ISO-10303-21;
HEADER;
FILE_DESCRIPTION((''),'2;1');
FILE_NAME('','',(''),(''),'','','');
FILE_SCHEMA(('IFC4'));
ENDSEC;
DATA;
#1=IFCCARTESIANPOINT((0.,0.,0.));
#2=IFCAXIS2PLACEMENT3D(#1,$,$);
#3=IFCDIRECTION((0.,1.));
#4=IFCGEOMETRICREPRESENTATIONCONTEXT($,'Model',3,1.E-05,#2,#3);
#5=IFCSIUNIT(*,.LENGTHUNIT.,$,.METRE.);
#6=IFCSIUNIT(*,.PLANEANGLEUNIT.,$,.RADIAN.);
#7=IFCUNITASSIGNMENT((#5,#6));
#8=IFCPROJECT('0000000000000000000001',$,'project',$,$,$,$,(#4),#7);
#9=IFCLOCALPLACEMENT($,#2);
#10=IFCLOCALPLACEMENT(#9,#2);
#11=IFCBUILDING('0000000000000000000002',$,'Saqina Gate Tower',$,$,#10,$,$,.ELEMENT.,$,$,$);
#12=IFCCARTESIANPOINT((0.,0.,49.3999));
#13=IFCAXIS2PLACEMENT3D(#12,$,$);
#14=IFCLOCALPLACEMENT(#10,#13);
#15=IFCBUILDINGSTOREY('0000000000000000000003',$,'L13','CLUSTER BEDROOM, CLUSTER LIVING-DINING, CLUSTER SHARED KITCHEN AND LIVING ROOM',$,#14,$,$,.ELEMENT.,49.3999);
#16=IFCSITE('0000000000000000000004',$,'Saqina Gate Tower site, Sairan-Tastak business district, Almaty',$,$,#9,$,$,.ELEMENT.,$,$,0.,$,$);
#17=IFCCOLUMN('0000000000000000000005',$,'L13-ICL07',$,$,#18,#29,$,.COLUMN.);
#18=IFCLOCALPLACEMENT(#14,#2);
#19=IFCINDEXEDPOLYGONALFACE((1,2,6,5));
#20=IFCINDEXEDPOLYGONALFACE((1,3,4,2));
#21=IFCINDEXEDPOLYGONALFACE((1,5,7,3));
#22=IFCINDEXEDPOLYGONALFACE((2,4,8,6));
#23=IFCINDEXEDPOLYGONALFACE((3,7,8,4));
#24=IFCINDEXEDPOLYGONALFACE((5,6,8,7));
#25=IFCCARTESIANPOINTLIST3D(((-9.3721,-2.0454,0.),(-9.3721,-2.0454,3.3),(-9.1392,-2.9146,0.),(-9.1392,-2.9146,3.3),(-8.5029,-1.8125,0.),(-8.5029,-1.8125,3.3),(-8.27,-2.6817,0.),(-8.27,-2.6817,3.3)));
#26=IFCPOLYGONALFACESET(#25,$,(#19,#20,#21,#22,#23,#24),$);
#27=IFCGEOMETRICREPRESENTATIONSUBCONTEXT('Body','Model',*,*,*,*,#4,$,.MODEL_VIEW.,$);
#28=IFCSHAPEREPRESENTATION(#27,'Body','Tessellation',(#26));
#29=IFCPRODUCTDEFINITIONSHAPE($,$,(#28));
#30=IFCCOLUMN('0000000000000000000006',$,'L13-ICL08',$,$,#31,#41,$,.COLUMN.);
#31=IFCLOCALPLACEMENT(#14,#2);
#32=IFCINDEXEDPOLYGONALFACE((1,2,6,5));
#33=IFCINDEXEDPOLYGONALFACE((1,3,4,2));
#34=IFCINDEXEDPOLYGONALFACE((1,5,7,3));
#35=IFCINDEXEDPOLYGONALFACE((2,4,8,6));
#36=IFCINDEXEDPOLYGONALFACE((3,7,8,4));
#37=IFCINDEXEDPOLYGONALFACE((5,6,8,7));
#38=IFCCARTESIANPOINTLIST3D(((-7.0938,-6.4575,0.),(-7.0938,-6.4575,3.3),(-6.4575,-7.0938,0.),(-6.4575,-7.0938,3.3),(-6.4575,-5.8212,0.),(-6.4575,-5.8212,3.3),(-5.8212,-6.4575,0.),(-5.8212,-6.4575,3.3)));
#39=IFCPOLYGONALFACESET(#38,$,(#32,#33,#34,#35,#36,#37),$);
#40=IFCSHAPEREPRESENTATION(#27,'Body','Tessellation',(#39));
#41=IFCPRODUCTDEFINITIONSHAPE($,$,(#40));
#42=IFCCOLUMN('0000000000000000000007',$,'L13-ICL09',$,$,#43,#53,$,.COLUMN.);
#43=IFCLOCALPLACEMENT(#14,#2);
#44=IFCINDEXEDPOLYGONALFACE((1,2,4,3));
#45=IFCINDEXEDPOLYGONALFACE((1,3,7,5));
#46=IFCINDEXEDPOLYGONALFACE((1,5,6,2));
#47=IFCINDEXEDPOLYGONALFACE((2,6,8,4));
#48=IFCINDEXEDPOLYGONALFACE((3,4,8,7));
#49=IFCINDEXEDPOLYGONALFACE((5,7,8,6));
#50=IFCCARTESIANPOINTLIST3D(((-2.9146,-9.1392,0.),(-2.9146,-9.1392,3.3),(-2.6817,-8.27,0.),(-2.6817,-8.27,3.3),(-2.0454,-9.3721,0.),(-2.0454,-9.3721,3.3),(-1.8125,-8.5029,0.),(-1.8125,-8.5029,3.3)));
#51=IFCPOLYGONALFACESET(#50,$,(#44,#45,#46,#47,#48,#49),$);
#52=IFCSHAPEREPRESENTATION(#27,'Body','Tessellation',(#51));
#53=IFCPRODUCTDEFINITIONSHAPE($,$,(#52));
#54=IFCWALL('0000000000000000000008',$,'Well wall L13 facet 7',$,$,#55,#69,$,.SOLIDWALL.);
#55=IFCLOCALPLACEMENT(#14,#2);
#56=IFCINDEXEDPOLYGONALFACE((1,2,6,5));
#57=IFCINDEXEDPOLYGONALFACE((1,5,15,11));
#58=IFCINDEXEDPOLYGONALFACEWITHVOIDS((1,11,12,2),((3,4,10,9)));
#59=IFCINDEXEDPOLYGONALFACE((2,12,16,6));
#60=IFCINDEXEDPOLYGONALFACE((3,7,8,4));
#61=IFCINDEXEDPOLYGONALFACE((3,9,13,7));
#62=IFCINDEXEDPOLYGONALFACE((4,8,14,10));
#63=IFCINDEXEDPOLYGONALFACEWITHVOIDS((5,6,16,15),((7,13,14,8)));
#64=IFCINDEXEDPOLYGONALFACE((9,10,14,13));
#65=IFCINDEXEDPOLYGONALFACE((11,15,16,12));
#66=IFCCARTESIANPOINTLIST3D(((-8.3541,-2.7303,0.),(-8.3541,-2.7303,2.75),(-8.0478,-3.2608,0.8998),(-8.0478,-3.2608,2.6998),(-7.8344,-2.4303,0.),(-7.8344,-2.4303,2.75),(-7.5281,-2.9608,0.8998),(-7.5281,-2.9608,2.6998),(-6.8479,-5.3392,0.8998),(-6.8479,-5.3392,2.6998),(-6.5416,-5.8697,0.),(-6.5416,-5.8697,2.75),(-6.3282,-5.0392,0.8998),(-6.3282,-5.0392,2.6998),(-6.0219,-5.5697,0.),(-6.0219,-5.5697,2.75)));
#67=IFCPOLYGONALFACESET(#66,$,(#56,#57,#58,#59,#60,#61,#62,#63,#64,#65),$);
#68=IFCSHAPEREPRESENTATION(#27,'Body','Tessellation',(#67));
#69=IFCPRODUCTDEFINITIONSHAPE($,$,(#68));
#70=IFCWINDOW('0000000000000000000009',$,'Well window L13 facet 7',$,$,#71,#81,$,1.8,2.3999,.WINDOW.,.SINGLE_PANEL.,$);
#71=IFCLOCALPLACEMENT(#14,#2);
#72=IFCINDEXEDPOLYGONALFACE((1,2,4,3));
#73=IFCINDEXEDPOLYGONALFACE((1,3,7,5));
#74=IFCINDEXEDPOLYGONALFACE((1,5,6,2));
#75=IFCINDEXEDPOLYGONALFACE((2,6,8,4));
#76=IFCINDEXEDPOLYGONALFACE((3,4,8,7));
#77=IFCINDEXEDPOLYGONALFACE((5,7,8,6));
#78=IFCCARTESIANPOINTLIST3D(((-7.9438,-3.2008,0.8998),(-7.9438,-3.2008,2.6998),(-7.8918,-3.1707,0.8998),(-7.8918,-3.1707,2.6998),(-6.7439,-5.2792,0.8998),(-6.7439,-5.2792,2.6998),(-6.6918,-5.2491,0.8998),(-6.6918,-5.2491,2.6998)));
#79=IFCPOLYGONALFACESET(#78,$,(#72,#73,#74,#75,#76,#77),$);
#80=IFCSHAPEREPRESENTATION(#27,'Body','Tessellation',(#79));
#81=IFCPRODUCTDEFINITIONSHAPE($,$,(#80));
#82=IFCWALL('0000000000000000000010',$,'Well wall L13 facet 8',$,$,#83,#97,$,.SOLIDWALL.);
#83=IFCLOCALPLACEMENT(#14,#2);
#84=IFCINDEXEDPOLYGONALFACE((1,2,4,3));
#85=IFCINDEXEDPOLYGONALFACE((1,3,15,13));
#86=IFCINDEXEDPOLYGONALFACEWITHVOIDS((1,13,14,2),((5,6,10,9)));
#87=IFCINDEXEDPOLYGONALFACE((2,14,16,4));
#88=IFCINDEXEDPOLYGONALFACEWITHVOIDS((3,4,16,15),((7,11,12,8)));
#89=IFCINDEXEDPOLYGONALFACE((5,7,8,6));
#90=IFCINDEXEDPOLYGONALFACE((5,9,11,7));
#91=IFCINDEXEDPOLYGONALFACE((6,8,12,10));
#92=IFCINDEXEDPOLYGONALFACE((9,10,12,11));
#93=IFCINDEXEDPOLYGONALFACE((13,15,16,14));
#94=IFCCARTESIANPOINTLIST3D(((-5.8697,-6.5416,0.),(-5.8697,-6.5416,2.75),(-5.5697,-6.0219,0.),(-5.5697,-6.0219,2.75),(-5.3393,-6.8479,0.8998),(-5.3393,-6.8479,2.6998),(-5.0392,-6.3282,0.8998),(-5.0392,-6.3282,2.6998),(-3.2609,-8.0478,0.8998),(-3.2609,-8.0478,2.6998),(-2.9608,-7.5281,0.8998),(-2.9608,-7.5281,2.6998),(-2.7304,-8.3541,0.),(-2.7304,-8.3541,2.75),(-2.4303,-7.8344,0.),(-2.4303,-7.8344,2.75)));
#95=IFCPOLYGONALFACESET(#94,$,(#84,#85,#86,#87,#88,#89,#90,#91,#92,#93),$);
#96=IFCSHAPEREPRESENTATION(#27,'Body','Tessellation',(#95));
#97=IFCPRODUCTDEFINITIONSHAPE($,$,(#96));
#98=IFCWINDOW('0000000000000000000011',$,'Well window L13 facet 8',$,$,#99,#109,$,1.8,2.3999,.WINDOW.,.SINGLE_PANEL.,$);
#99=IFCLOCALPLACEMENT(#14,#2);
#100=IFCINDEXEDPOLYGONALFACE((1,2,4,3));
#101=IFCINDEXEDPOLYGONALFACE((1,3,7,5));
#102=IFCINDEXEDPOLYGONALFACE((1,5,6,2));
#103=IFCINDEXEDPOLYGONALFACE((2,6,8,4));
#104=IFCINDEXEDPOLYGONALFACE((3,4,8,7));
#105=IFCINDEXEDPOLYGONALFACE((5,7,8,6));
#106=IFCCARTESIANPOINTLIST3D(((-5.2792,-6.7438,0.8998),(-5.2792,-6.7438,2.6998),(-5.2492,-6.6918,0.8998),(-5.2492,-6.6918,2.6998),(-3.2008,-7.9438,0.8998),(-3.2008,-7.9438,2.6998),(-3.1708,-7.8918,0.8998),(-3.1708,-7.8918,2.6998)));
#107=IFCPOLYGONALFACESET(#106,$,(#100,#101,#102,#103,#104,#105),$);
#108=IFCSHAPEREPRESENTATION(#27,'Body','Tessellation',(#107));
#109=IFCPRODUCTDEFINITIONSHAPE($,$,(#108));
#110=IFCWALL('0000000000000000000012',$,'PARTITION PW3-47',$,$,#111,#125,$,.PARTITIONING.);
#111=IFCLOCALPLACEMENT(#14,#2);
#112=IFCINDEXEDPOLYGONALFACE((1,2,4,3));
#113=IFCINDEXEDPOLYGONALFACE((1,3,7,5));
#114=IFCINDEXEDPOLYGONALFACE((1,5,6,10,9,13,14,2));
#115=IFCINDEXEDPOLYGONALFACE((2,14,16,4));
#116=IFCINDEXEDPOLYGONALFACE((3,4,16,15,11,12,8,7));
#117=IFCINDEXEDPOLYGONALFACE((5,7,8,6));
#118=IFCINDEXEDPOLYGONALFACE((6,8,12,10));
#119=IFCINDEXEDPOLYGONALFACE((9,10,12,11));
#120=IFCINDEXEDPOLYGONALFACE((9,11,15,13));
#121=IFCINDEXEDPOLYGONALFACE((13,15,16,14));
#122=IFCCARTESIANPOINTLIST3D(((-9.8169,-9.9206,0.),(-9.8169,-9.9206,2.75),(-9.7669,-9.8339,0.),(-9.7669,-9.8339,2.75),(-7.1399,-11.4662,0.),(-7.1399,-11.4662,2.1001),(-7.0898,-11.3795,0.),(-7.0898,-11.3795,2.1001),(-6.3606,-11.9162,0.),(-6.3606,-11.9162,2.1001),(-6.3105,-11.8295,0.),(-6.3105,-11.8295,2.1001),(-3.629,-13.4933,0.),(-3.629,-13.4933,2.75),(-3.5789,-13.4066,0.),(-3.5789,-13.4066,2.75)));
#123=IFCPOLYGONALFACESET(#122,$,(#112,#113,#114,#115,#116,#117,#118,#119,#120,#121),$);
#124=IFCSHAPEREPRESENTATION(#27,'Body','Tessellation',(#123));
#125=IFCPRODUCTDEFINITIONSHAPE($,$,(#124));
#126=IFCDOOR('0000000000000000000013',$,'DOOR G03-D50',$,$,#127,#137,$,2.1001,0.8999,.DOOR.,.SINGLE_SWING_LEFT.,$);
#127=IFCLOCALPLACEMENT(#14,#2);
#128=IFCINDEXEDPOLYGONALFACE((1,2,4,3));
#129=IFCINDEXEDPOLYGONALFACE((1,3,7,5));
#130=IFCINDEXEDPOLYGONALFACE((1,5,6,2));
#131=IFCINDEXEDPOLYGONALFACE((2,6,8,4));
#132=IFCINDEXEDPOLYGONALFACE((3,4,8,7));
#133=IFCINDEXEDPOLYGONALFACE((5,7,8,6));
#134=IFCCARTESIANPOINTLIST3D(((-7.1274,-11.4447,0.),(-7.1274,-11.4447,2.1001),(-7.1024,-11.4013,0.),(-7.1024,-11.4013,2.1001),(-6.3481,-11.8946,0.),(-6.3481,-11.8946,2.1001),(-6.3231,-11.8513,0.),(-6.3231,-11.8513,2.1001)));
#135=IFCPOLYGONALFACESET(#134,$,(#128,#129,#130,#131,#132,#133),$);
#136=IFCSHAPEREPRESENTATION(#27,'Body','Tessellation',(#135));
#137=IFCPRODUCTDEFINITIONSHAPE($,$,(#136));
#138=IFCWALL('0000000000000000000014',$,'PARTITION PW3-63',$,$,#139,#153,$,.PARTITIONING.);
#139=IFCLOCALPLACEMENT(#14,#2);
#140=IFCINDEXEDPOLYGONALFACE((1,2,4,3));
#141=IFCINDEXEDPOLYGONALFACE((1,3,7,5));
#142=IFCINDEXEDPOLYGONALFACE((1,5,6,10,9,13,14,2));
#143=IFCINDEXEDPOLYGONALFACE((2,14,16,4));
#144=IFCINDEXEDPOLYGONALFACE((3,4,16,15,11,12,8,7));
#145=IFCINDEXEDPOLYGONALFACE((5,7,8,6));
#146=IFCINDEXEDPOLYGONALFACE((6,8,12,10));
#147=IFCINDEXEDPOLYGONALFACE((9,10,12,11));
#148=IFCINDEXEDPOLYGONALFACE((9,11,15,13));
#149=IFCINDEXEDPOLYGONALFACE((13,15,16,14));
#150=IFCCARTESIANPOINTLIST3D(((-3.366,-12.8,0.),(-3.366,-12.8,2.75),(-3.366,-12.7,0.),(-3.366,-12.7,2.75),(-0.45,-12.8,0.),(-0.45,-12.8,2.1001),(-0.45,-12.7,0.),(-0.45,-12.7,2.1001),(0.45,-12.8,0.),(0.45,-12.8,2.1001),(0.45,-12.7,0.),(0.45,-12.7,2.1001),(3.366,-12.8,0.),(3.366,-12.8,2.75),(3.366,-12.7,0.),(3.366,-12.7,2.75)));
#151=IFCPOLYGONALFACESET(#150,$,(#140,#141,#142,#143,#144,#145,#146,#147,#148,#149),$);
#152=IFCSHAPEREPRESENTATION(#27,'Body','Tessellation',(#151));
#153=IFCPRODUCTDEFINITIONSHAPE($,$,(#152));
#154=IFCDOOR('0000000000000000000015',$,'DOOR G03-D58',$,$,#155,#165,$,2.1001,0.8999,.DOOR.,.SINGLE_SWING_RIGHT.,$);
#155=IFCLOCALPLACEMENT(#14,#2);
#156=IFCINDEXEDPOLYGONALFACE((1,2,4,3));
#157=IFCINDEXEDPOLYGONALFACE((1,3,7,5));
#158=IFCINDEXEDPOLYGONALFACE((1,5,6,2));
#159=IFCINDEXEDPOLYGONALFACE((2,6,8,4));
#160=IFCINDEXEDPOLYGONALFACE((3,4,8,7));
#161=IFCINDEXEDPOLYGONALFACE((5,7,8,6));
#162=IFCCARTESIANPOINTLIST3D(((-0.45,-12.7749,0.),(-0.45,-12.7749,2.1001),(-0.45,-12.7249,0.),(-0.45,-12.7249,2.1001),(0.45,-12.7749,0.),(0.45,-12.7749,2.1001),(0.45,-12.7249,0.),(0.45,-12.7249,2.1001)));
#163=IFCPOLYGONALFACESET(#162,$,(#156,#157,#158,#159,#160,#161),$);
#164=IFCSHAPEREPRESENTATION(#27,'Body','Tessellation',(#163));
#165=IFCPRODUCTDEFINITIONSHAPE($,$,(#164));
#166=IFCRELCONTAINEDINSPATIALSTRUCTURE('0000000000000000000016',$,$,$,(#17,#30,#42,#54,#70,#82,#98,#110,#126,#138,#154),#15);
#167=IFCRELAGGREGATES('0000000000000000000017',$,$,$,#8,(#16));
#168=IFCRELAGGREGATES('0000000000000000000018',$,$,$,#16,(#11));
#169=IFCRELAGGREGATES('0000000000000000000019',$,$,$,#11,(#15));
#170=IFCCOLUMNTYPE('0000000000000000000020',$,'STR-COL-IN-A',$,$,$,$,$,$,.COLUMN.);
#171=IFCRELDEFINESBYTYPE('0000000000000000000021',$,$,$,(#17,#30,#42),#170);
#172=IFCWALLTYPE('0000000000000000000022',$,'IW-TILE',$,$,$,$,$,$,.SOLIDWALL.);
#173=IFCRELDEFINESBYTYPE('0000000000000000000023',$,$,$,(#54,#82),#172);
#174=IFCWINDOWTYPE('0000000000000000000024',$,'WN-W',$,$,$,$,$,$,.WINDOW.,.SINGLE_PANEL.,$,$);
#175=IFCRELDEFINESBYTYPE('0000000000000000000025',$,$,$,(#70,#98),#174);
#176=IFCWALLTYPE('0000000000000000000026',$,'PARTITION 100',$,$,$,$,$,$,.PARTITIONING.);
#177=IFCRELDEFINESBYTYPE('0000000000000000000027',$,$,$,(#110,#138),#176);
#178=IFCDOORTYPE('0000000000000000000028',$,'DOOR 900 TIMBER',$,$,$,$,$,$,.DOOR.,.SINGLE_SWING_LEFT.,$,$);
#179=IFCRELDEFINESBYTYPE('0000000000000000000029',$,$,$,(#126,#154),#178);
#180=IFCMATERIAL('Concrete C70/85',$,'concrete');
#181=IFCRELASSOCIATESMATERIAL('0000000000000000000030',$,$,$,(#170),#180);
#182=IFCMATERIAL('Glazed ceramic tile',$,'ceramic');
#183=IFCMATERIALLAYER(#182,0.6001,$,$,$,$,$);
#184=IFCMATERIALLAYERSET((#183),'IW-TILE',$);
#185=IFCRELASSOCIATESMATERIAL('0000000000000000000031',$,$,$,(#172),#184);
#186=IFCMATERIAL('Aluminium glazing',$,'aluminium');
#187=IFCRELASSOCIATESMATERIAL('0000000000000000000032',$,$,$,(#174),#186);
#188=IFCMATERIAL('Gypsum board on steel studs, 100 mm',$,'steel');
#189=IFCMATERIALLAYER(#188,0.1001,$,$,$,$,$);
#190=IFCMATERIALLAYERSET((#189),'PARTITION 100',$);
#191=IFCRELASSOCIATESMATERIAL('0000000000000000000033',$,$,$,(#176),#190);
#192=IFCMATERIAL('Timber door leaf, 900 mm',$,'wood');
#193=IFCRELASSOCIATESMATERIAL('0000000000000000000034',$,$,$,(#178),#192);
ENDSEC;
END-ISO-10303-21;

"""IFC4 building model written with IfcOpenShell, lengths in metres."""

from ifc_helpers import new_model, si_unit, direction, frame, frame_2d, origin, origin_2d, place, context, subcontext, project, spatial, rectangle, extrude, material, layer, layer_set, material_profile, profile_set, type_object, element, fill, save


model = new_model("IFC4")

# Units and contexts
model_context = context("Model", 3, precision=1e-05, world=origin(), true_north=direction((0.0, 1.0)))
body_context = subcontext(model_context, "Body", "Model", "MODEL_VIEW")
ifc_project = project(units=[si_unit("LENGTHUNIT", "METRE"), si_unit("PLANEANGLEUNIT", "RADIAN")], contexts=[model_context])

# Site, building, storey
site_placement = place(None, origin())
site = spatial("IfcSite", under=ifc_project, at=site_placement, Name="Saqina Gate Tower site, Sairan-Tastak business district, Almaty", CompositionType="ELEMENT", RefElevation=0.0)
building_placement = place(site_placement, origin())
building = spatial("IfcBuilding", under=site, at=building_placement, Name="Saqina Gate Tower", CompositionType="ELEMENT")
storey_placement = place(building_placement, frame((0.0, 0.0, 49.3999)))
storey = spatial("IfcBuildingStorey", under=building, at=storey_placement, Name="L13", Description="CLUSTER BEDROOM, CLUSTER LIVING-DINING, CLUSTER SHARED KITCHEN AND LIVING ROOM", CompositionType="ELEMENT", Elevation=49.3999)

# Columns
ifc_material_1 = material(Name="Concrete C70/85", Category="concrete")
ifc_material_profile = material_profile(ifc_material_1, rectangle(XDim=0.8999, YDim=0.8999, at=origin_2d()), Name="RC 900x900")
ifc_profile_set = profile_set([ifc_material_profile], Name="Concrete C70/85")
column_type = type_object("IfcColumnType", Name="STR-COL-IN-A", PredefinedType="COLUMN", material=ifc_profile_set)
for number, where, z_axis, x_axis, name in (
    (1, (-8.821, -2.3635, 0.0), (0.0, 0.0, 1.0), (-0.965926, -0.258819, 0.0), "L13-ICL07"),
    (2, (-6.4575, -6.4575, 0.0), (0.0, 0.0, 1.0), (-0.707107, -0.707107, 0.0), "L13-ICL08"),
    (3, (-2.3635, -8.821, 0.0), (0.0, 0.0, 1.0), (-0.258819, -0.965926, 0.0), "L13-ICL09"),
):
    element("IfcColumn", number, at=place(storey_placement, frame(where, z_axis=z_axis, x_axis=x_axis)), inside=storey, type_object=column_type, Name=name, PredefinedType="COLUMN", context=body_context, shape_type="SweptSolid", body=[
        extrude(rectangle(XDim=0.8999, YDim=0.8999, at=origin_2d()), origin(), (0.0, 0.0, 1.0), 3.3),
    ])

# Walls, openings, windows
ifc_material_2 = material(Name="Glazed ceramic tile", Category="ceramic")
ifc_layer_1 = layer(ifc_material_2, 0.6001)
ifc_layer_set_1 = layer_set([ifc_layer_1], Name="IW-TILE")
wall_type_1 = type_object("IfcWallType", Name="IW-TILE", PredefinedType="SOLIDWALL", material=ifc_layer_set_1)
wall_1_placement = place(storey_placement, frame((-8.0942, -2.5803, 0.0), z_axis=(0.0, 0.0, 1.0), x_axis=(0.499993, -0.86603, 0.0)))
wall_1 = element("IfcWall", 4, at=wall_1_placement, inside=storey, type_object=wall_type_1, Name="Well wall L13 facet 7", PredefinedType="SOLIDWALL", context=body_context, shape_type="SweptSolid", body=[
    extrude(rectangle(XDim=3.625, YDim=0.6001, at=frame_2d((1.8125, 0.0))), origin(), (0.0, 0.0, 1.0), 2.75),
])
opening_1_placement = place(wall_1_placement, frame((0.6125, 0.0, 0.8999)))
opening_1 = element("IfcOpeningElement", 5, at=opening_1_placement, cuts=wall_1, PredefinedType="OPENING", context=body_context, shape_type="SweptSolid", body=[
    extrude(rectangle(XDim=2.3999, YDim=1.8, at=frame_2d((1.2, 0.8999))), frame((0.0, 0.312, 0.0), z_axis=(0.0, -1.0, 0.0), x_axis=(1.0, 0.0, 0.0)), (0.0, 0.0, 1.0), 0.624),
])
ifc_material_3 = material(Name="Aluminium glazing", Category="aluminium")
window_type = type_object("IfcWindowType", Name="WN-W", PartitioningType="SINGLE_PANEL", PredefinedType="WINDOW", material=ifc_material_3)
window_1_placement = place(opening_1_placement, origin())
window_1 = element("IfcWindow", 6, at=window_1_placement, inside=storey, type_object=window_type, Name="Well window L13 facet 7", OverallHeight=1.8, OverallWidth=2.3999, PartitioningType="SINGLE_PANEL", PredefinedType="WINDOW", context=body_context, shape_type="SweptSolid", body=[
    extrude(rectangle(XDim=2.3999, YDim=1.8, at=frame_2d((1.2, 0.8999))), frame((0.0, -0.1199, 0.0), z_axis=(0.0, -1.0, 0.0), x_axis=(1.0, 0.0, 0.0)), (0.0, 0.0, 1.0), 0.0601),
])
fill(opening_1, window_1)
wall_2_placement = place(storey_placement, frame((-5.7197, -6.2817, 0.0), z_axis=(0.0, 0.0, 1.0), x_axis=(0.86603, -0.499993, 0.0)))
wall_2 = element("IfcWall", 7, at=wall_2_placement, inside=storey, type_object=wall_type_1, Name="Well wall L13 facet 8", PredefinedType="SOLIDWALL", context=body_context, shape_type="SweptSolid", body=[
    extrude(rectangle(XDim=3.625, YDim=0.6001, at=frame_2d((1.8125, 0.0))), origin(), (0.0, 0.0, 1.0), 2.75),
])
opening_2_placement = place(wall_2_placement, frame((0.6125, 0.0, 0.8999)))
opening_2 = element("IfcOpeningElement", 8, at=opening_2_placement, cuts=wall_2, PredefinedType="OPENING", context=body_context, shape_type="SweptSolid", body=[
    extrude(rectangle(XDim=2.3999, YDim=1.8, at=frame_2d((1.2, 0.8999))), frame((0.0, 0.312, 0.0), z_axis=(0.0, -1.0, 0.0), x_axis=(1.0, 0.0, 0.0)), (0.0, 0.0, 1.0), 0.624),
])
window_2_placement = place(opening_2_placement, origin())
window_2 = element("IfcWindow", 9, at=window_2_placement, inside=storey, type_object=window_type, Name="Well window L13 facet 8", OverallHeight=1.8, OverallWidth=2.3999, PartitioningType="SINGLE_PANEL", PredefinedType="WINDOW", context=body_context, shape_type="SweptSolid", body=[
    extrude(rectangle(XDim=2.3999, YDim=1.8, at=frame_2d((1.2, 0.8999))), frame((0.0, -0.1199, 0.0), z_axis=(0.0, -1.0, 0.0), x_axis=(1.0, 0.0, 0.0)), (0.0, 0.0, 1.0), 0.0601),
])
fill(opening_2, window_2)

# Walls, openings, doors
ifc_material_4 = material(Name="Gypsum board on steel studs, 100 mm", Category="steel")
ifc_layer_2 = layer(ifc_material_4, 0.1001)
ifc_layer_set_2 = layer_set([ifc_layer_2], Name="PARTITION 100")
wall_type_2 = type_object("IfcWallType", Name="PARTITION 100", PredefinedType="PARTITIONING", material=ifc_layer_set_2)
wall_3_placement = place(storey_placement, frame((-9.792, -9.8772, 0.0), z_axis=(0.0, 0.0, 1.0), x_axis=(0.866018, -0.500012, 0.0)))
wall_3 = element("IfcWall", 10, at=wall_3_placement, inside=storey, type_object=wall_type_2, Name="PARTITION PW3-47", PredefinedType="PARTITIONING", context=body_context, shape_type="SweptSolid", body=[
    extrude(rectangle(XDim=7.1453, YDim=0.1001, at=frame_2d((3.5728, 0.0))), origin(), (0.0, 0.0, 1.0), 2.75),
])
opening_3_placement = place(wall_3_placement, frame((3.0913, 0.0, 0.0)))
opening_3 = element("IfcOpeningElement", 11, at=opening_3_placement, cuts=wall_3, PredefinedType="OPENING", context=body_context, shape_type="SweptSolid", body=[
    extrude(rectangle(XDim=0.8999, YDim=2.1001, at=frame_2d((0.45, 1.05))), frame((0.0, 0.062, 0.0), z_axis=(0.0, -1.0, 0.0), x_axis=(1.0, 0.0, 0.0)), (0.0, 0.0, 1.0), 0.124),
])
ifc_material_5 = material(Name="Timber door leaf, 900 mm", Category="wood")
door_type_1 = type_object("IfcDoorType", Name="DOOR 900 TIMBER", OperationType="SINGLE_SWING_LEFT", PredefinedType="DOOR", material=ifc_material_5)
door_1_placement = place(opening_3_placement, origin())
door_1 = element("IfcDoor", 12, at=door_1_placement, inside=storey, type_object=door_type_1, Name="DOOR G03-D50", OperationType="SINGLE_SWING_LEFT", OverallHeight=2.1001, OverallWidth=0.8999, PredefinedType="DOOR", context=body_context, shape_type="SweptSolid", body=[
    extrude(rectangle(XDim=0.8999, YDim=2.1001, at=frame_2d((0.45, 1.05))), frame((0.0, 0.0249, 0.0), z_axis=(0.0, -1.0, 0.0), x_axis=(1.0, 0.0, 0.0)), (0.0, 0.0, 1.0), 0.05),
])
fill(opening_3, door_1)
wall_4_placement = place(storey_placement, frame((-3.366, -12.75, 0.0), z_axis=(0.0, 0.0, 1.0), x_axis=(1.0, 0.0, 0.0)))
wall_4 = element("IfcWall", 13, at=wall_4_placement, inside=storey, type_object=wall_type_2, Name="PARTITION PW3-63", PredefinedType="PARTITIONING", context=body_context, shape_type="SweptSolid", body=[
    extrude(rectangle(XDim=6.7319, YDim=0.1001, at=frame_2d((3.366, 0.0))), origin(), (0.0, 0.0, 1.0), 2.75),
])
opening_4_placement = place(wall_4_placement, frame((2.916, 0.0, 0.0)))
opening_4 = element("IfcOpeningElement", 14, at=opening_4_placement, cuts=wall_4, PredefinedType="OPENING", context=body_context, shape_type="SweptSolid", body=[
    extrude(rectangle(XDim=0.8999, YDim=2.1001, at=frame_2d((0.45, 1.05))), frame((0.0, 0.062, 0.0), z_axis=(0.0, -1.0, 0.0), x_axis=(1.0, 0.0, 0.0)), (0.0, 0.0, 1.0), 0.124),
])
door_2_placement = place(opening_4_placement, frame((0.8999, 0.0, 0.0), z_axis=(0.0, 0.0, 1.0), x_axis=(-1.0, 0.0, 0.0)))
door_2 = element("IfcDoor", 15, at=door_2_placement, inside=storey, type_object=door_type_1, Name="DOOR G03-D58", OperationType="SINGLE_SWING_RIGHT", OverallHeight=2.1001, OverallWidth=0.8999, PredefinedType="DOOR", context=body_context, shape_type="SweptSolid", body=[
    extrude(rectangle(XDim=0.8999, YDim=2.1001, at=frame_2d((0.45, 1.05))), frame((0.0, 0.0249, 0.0), z_axis=(0.0, -1.0, 0.0), x_axis=(1.0, 0.0, 0.0)), (0.0, 0.0, 1.0), 0.05),
])
fill(opening_4, door_2)

save(model, "model.ifc")
